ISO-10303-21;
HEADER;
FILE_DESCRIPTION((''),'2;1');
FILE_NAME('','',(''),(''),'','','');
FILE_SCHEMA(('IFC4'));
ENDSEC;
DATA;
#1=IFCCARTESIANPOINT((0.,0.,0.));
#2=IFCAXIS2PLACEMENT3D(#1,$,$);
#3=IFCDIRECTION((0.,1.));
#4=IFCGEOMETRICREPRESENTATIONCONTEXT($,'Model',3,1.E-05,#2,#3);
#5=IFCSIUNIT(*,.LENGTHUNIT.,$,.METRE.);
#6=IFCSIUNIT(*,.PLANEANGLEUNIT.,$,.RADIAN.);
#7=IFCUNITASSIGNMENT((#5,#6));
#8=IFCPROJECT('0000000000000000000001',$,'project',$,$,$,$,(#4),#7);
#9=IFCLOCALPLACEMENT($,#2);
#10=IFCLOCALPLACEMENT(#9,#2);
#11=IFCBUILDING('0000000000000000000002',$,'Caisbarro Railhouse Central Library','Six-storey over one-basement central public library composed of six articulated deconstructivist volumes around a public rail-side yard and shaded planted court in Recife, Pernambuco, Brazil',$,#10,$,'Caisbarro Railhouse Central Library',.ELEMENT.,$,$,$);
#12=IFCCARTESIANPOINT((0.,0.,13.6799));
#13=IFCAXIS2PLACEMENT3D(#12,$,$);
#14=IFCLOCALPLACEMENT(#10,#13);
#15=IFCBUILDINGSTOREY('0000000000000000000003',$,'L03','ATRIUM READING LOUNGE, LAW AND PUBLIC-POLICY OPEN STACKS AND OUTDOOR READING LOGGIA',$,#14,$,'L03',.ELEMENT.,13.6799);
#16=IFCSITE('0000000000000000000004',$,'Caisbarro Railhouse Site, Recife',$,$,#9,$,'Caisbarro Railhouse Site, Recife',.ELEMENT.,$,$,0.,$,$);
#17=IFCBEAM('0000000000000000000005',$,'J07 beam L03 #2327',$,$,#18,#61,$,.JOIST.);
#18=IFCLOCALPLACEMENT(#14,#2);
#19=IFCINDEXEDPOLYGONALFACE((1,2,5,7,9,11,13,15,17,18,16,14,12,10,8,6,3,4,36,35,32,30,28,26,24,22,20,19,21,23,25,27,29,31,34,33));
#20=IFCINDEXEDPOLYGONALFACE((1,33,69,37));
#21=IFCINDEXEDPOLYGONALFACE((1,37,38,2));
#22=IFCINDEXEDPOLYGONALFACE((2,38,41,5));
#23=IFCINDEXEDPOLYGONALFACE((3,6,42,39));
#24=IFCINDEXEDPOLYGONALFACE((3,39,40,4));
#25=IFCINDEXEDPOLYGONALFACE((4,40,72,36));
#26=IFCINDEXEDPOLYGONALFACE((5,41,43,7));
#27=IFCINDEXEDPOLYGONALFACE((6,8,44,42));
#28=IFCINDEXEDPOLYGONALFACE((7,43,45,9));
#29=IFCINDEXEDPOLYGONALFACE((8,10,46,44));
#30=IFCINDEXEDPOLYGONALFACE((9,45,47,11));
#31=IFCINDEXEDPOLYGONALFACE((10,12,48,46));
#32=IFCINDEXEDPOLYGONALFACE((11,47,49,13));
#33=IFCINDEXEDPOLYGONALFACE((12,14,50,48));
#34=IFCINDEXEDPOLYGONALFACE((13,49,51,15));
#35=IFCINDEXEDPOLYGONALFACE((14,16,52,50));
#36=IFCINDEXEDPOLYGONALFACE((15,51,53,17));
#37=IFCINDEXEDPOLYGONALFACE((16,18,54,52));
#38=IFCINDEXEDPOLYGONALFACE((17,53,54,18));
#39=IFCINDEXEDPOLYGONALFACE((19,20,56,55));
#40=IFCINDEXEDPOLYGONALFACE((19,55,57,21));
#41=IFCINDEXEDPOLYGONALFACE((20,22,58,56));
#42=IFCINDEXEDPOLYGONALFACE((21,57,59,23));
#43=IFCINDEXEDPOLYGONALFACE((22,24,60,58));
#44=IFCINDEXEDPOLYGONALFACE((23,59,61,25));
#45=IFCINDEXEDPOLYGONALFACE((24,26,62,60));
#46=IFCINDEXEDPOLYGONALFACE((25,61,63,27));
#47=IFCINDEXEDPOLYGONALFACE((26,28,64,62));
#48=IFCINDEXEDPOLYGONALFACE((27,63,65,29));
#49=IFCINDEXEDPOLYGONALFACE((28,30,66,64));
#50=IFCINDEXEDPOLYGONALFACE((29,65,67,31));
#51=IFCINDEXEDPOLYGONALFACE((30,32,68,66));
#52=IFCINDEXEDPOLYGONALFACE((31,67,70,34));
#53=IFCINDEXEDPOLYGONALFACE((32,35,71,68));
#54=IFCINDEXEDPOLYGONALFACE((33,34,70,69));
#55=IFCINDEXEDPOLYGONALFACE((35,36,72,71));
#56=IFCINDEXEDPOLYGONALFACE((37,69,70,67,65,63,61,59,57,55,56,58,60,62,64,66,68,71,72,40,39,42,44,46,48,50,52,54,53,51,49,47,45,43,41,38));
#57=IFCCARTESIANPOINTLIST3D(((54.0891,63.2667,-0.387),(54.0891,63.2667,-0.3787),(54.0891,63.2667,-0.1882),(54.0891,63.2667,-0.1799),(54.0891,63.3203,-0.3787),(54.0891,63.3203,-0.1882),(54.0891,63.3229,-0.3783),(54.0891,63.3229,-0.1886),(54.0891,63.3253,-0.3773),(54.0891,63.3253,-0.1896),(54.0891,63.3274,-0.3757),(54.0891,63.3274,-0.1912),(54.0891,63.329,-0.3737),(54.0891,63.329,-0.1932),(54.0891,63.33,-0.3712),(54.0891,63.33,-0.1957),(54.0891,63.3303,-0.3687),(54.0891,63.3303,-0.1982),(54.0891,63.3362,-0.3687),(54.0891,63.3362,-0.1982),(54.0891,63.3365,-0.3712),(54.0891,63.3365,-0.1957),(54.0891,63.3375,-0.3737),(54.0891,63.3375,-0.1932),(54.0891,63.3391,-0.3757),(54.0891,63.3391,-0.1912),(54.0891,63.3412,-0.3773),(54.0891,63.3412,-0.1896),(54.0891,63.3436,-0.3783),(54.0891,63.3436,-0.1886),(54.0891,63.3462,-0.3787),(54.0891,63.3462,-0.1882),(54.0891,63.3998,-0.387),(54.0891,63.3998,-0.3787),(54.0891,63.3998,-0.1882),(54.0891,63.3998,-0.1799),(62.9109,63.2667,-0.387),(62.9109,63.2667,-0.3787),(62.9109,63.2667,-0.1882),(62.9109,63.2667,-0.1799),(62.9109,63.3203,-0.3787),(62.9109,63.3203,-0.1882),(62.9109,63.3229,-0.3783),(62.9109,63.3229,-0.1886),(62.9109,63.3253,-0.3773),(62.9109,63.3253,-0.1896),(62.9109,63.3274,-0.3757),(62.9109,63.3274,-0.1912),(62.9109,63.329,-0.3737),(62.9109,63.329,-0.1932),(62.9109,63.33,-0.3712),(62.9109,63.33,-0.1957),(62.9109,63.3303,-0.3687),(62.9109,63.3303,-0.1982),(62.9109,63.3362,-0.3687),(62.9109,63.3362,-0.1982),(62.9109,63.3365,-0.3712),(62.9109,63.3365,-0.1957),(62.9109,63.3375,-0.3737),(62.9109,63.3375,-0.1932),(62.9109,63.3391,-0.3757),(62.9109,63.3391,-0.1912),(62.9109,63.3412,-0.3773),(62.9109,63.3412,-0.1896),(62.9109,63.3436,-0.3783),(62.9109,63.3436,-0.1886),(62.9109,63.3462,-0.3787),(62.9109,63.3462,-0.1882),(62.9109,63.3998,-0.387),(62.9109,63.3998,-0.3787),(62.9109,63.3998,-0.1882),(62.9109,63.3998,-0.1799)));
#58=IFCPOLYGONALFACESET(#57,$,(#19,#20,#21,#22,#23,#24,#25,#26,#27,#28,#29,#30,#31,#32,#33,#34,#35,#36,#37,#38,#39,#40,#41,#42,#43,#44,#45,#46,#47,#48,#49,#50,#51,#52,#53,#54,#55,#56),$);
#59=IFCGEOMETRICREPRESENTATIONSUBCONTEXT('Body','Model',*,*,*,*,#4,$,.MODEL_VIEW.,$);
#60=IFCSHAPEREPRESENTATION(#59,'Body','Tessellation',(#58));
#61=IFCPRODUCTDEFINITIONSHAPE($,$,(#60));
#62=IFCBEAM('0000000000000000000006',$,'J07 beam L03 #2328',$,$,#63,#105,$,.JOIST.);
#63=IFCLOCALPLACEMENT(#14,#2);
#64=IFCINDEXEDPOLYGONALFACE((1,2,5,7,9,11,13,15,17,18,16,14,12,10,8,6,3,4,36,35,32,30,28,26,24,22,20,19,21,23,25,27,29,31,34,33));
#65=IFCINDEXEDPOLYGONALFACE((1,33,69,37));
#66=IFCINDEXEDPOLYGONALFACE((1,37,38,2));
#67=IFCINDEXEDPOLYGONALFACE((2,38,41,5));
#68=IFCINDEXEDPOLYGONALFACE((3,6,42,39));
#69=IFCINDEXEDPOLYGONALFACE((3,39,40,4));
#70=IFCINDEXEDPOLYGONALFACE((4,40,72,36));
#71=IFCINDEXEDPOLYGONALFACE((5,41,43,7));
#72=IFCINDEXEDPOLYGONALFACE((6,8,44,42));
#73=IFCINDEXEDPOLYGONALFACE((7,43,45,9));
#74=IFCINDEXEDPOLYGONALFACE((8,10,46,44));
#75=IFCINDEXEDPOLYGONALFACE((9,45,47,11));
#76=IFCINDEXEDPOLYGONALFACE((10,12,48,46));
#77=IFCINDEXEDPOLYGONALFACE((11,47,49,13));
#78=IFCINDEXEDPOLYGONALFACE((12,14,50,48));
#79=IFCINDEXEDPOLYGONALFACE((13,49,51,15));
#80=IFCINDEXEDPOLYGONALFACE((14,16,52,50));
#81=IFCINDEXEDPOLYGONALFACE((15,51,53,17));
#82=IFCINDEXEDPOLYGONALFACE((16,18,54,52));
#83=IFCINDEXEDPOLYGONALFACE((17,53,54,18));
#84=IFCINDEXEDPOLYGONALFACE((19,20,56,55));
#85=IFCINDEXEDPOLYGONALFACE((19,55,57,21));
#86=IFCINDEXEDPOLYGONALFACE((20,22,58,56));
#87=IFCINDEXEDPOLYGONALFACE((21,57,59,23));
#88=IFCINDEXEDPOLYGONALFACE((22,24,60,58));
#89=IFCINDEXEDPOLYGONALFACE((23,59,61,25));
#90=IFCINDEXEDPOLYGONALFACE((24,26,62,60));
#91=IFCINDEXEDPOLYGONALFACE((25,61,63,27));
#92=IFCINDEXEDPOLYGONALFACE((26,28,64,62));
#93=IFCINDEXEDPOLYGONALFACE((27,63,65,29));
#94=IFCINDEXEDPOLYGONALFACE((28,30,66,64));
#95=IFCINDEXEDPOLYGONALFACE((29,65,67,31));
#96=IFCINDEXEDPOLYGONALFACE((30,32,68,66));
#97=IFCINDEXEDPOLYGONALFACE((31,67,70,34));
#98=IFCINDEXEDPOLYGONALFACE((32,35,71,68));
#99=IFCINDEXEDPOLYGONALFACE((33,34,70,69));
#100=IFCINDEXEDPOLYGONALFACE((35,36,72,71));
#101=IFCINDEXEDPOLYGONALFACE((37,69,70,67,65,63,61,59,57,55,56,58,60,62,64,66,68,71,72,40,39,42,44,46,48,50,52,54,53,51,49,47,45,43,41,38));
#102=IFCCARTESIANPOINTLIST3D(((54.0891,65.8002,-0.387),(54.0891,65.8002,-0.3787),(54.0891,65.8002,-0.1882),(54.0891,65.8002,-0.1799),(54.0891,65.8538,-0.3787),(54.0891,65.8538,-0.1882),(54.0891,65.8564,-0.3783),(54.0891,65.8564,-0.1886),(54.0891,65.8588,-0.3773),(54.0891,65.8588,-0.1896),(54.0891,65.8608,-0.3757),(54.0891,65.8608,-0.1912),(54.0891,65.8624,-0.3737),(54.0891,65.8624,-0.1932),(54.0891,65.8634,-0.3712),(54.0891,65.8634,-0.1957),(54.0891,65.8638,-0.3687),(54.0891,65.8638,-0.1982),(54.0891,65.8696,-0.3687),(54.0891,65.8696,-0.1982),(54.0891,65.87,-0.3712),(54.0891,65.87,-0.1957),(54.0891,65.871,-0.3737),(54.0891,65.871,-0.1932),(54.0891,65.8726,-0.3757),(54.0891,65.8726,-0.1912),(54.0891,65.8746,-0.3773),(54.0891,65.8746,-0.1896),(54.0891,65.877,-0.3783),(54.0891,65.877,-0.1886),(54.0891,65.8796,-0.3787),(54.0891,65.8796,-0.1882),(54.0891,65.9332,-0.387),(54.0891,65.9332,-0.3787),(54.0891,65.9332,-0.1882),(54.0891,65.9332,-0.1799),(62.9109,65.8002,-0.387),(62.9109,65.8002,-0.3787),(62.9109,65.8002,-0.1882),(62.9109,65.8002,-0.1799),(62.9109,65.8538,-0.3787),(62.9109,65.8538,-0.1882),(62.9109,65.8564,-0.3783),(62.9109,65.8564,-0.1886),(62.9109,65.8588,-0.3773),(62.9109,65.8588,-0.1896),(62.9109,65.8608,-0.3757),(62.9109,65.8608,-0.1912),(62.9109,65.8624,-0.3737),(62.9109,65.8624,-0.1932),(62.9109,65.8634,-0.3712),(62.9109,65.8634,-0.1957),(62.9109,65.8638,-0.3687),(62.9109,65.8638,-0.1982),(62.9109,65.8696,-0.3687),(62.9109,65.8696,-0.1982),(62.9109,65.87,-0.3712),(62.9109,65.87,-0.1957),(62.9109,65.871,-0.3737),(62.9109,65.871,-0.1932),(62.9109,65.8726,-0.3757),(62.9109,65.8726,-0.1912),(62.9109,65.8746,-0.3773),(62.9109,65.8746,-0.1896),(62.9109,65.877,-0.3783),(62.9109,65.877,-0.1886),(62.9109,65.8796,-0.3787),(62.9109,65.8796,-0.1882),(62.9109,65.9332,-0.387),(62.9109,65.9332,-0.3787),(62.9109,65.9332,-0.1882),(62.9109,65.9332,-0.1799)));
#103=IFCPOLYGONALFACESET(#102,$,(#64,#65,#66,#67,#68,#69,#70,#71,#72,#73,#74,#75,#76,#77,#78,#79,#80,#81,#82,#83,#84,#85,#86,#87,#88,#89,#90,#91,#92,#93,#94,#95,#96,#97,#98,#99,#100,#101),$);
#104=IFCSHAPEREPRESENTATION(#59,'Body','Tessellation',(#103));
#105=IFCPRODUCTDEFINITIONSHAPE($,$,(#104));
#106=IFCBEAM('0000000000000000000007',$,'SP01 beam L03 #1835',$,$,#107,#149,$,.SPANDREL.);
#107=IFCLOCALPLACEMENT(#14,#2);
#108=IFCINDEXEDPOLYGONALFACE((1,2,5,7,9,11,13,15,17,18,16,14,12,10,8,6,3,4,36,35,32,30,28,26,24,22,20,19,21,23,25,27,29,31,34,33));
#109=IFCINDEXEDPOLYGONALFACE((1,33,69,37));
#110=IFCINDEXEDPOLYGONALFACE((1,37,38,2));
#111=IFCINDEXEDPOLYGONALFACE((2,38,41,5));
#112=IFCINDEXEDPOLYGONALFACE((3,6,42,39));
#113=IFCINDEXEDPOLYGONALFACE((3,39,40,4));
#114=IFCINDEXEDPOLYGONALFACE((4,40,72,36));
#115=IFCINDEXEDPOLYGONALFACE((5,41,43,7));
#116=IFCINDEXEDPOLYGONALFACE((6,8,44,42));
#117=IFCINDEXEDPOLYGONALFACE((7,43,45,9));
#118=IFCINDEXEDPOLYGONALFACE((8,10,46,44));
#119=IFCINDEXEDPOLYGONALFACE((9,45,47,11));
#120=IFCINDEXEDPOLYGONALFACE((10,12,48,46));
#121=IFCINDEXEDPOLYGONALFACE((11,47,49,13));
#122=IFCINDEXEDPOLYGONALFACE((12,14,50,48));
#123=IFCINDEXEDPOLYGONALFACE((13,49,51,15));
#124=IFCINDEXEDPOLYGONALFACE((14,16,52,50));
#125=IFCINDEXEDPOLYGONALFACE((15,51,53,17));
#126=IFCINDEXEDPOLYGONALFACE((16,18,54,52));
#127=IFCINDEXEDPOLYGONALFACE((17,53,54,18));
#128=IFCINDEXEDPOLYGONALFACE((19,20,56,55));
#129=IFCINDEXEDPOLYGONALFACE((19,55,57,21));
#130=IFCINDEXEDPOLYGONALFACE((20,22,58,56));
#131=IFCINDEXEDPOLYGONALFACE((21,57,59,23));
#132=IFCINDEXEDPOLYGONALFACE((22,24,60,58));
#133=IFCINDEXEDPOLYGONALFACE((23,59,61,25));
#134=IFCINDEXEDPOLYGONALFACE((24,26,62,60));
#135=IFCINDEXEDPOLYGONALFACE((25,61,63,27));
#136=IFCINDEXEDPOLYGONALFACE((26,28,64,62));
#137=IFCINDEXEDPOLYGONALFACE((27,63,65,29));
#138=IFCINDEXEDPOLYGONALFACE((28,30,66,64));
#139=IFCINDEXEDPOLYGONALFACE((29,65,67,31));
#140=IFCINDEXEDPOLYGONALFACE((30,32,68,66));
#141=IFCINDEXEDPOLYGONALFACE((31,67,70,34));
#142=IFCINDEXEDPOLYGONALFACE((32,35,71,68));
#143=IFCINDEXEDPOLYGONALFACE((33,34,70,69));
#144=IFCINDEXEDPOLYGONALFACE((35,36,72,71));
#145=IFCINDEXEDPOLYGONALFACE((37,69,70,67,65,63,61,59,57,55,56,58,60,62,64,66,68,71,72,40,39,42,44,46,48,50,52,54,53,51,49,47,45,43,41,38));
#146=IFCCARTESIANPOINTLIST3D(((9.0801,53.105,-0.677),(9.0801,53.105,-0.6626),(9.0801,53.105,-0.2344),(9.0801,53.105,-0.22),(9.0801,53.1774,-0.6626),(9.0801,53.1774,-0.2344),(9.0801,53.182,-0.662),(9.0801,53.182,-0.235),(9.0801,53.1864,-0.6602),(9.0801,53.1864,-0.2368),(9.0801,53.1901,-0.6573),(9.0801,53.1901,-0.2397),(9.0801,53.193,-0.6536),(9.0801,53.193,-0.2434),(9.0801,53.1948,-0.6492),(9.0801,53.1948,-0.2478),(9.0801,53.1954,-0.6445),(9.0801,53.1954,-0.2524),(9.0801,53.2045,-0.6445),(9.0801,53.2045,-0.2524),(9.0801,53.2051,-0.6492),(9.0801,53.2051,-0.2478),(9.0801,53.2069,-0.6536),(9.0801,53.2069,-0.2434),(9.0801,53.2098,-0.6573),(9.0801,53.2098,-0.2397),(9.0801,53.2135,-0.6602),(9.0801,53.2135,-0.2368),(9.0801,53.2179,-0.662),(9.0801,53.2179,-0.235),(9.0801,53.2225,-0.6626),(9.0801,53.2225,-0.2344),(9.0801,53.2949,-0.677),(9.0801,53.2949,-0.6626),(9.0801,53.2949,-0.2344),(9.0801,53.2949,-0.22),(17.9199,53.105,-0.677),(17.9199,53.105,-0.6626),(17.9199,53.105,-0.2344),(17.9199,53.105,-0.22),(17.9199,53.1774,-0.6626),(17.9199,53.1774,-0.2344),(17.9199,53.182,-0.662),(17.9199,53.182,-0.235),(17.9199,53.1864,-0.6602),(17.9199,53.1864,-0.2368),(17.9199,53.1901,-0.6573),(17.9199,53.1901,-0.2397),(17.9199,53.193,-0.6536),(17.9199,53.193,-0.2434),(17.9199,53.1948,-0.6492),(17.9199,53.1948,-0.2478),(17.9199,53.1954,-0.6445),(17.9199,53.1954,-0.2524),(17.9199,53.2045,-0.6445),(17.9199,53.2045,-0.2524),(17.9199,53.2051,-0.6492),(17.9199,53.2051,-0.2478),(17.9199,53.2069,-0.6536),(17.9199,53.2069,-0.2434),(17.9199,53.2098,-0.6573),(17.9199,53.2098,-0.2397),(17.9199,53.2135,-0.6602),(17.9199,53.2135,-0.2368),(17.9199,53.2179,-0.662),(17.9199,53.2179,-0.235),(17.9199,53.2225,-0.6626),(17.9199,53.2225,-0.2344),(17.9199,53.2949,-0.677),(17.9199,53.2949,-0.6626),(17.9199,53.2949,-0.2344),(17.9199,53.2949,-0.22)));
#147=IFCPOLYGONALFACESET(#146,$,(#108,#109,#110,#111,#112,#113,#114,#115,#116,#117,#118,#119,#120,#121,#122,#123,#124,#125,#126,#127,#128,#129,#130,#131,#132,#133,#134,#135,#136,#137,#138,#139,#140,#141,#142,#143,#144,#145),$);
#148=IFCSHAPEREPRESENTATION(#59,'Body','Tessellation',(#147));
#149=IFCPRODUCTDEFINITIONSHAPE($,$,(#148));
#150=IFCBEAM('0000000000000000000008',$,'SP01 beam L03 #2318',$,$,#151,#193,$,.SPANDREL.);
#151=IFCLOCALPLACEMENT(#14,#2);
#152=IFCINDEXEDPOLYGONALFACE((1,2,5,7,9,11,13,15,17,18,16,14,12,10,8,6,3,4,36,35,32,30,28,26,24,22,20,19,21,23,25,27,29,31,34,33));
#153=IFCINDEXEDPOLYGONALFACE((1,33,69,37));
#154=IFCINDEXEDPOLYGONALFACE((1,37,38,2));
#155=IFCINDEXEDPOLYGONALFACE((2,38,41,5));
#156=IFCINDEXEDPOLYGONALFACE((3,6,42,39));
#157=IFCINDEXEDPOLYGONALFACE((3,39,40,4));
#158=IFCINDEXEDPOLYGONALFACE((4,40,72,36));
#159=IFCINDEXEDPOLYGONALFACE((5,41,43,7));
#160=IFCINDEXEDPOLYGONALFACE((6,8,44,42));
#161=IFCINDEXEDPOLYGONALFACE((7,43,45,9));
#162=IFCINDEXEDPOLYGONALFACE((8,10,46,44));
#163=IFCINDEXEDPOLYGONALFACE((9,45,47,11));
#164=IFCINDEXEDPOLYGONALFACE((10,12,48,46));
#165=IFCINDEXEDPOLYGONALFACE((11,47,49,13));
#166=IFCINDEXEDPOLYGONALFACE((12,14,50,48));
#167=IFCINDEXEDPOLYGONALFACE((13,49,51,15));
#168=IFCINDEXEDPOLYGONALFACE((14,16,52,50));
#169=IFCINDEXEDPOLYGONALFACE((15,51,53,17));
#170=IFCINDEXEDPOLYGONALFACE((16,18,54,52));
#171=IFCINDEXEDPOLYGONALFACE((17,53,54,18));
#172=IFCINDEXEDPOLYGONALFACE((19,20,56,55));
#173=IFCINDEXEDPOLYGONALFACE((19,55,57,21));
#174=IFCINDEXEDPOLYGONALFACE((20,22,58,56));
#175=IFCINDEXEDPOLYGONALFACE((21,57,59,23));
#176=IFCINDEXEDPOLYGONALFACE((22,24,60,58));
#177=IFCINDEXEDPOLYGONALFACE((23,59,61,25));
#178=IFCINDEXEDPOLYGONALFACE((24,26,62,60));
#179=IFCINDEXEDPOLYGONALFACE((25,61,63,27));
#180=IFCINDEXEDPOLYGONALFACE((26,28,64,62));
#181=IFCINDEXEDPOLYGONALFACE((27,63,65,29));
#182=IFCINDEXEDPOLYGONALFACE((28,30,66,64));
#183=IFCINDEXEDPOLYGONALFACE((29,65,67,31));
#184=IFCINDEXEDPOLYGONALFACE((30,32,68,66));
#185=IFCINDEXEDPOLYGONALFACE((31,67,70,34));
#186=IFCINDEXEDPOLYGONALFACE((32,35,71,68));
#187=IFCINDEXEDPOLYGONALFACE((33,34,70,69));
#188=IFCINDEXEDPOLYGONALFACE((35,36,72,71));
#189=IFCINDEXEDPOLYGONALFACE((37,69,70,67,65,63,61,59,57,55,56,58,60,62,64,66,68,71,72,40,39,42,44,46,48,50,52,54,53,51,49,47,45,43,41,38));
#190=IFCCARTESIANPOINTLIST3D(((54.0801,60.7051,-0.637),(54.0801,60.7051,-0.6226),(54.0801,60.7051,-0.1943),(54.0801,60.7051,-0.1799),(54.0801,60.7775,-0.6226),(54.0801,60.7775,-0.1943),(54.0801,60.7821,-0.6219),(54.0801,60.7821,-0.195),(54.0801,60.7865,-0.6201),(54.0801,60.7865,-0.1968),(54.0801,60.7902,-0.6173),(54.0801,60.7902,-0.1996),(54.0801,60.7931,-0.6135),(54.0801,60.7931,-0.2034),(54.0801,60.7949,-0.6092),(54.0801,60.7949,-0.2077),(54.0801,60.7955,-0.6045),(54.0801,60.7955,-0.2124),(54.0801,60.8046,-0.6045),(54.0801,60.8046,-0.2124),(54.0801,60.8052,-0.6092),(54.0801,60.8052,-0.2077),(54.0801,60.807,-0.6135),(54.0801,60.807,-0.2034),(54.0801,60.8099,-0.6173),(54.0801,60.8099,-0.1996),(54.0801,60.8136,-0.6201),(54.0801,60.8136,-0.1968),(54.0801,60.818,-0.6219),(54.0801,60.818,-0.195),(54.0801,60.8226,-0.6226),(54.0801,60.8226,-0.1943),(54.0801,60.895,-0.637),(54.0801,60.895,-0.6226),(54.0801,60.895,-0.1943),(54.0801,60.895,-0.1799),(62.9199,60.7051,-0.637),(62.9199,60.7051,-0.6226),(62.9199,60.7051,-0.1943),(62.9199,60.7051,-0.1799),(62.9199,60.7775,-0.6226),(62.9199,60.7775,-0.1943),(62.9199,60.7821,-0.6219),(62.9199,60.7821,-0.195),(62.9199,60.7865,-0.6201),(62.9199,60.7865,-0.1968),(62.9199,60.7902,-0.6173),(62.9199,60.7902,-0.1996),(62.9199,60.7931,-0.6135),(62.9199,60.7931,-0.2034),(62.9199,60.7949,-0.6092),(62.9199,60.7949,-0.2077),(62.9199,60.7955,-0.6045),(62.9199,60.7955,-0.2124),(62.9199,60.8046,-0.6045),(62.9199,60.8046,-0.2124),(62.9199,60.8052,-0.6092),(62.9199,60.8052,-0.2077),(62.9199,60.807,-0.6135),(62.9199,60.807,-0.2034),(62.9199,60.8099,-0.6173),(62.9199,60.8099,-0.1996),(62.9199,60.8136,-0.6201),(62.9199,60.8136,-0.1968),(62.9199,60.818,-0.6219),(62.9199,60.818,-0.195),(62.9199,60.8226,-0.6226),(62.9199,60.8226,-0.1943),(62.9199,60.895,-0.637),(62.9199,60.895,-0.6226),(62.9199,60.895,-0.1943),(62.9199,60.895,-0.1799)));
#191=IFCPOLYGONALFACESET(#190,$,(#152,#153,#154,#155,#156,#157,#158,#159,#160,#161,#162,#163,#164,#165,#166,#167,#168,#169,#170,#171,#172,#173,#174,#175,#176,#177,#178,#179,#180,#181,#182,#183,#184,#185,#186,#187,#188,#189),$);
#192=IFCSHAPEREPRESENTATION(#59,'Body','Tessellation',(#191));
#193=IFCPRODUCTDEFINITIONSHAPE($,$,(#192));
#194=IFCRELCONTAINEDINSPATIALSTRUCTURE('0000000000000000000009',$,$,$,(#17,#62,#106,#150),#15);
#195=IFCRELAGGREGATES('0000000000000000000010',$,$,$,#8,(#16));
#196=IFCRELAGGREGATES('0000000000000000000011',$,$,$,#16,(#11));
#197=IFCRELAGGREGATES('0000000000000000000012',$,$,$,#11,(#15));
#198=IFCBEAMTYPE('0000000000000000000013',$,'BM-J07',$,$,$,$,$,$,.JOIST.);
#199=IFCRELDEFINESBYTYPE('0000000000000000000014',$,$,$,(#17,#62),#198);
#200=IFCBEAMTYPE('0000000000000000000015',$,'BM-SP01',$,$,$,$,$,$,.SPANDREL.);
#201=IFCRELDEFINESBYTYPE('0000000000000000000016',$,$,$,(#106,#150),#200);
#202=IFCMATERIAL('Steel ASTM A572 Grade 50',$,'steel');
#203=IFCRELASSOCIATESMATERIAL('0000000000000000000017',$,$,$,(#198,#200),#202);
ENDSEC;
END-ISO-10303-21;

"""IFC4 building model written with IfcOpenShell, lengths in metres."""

from ifc_helpers import new_model, si_unit, direction, frame, origin, origin_2d, place, context, subcontext, project, spatial, i_section, extrude, material, material_profile, profile_set, type_object, element, save


model = new_model("IFC4")

# Units and contexts
model_context = context("Model", 3, precision=1e-05, world=origin(), true_north=direction((0.0, 1.0)))
body_context = subcontext(model_context, "Body", "Model", "MODEL_VIEW")
ifc_project = project(units=[si_unit("LENGTHUNIT", "METRE"), si_unit("PLANEANGLEUNIT", "RADIAN")], contexts=[model_context])

# Site, building, storey
site_placement = place(None, origin())
site = spatial("IfcSite", under=ifc_project, at=site_placement, Name="Caisbarro Railhouse Site, Recife", LongName="Caisbarro Railhouse Site, Recife", CompositionType="ELEMENT", RefElevation=0.0)
building_placement = place(site_placement, origin())
building = spatial("IfcBuilding", under=site, at=building_placement, Name="Caisbarro Railhouse Central Library", Description="Six-storey over one-basement central public library composed of six articulated deconstructivist volumes around a public rail-side yard and shaded planted court in Recife, Pernambuco, Brazil", LongName="Caisbarro Railhouse Central Library", CompositionType="ELEMENT")
storey_placement = place(building_placement, frame((0.0, 0.0, 13.6799)))
storey = spatial("IfcBuildingStorey", under=building, at=storey_placement, Name="L03", Description="ATRIUM READING LOUNGE, LAW AND PUBLIC-POLICY OPEN STACKS AND OUTDOOR READING LOGGIA", LongName="L03", CompositionType="ELEMENT", Elevation=13.6799)

# Shared definitions
ifc_material_1 = material(Name="Steel ASTM A572 Grade 50", Category="steel")

# Beams
ifc_material_profile_1 = material_profile(ifc_material_1, i_section(OverallWidth=0.1331, OverallDepth=0.207, WebThickness=0.0059, FlangeThickness=0.0083, FilletRadius=0.01, at=origin_2d()), Name="W200X26.6")
ifc_profile_set_1 = profile_set([ifc_material_profile_1], Name="Steel ASTM A572 Grade 50")
beam_type_1 = type_object("IfcBeamType", Name="BM-J07", PredefinedType="JOIST", material=ifc_profile_set_1)
for number, where, z_axis, x_axis, name in (
    (1, (54.0891, 63.3333, -0.2834), (1.0, 0.0, 0.0), (0.0, 1.0, 0.0), "J07 beam L03 #2327"),
    (2, (54.0891, 65.8667, -0.2834), (1.0, 0.0, 0.0), (0.0, 1.0, 0.0), "J07 beam L03 #2328"),
):
    element("IfcBeam", number, at=place(storey_placement, frame(where, z_axis=z_axis, x_axis=x_axis)), inside=storey, type_object=beam_type_1, Name=name, PredefinedType="JOIST", context=body_context, shape_type="SweptSolid", body=[
        extrude(i_section(OverallWidth=0.1331, OverallDepth=0.207, WebThickness=0.0059, FlangeThickness=0.0083, FilletRadius=0.01, at=origin_2d()), origin(), (0.0, 0.0, 1.0), 8.8218),
    ])
ifc_material_profile_2 = material_profile(ifc_material_1, i_section(OverallWidth=0.1899, OverallDepth=0.457, WebThickness=0.009, FlangeThickness=0.0144, FilletRadius=0.0181, at=origin_2d()), Name="W460X74.0")
ifc_profile_set_2 = profile_set([ifc_material_profile_2], Name="Steel ASTM A572 Grade 50")
beam_type_2 = type_object("IfcBeamType", Name="BM-SP01", PredefinedType="SPANDREL", material=ifc_profile_set_2)
for number, where, z_axis, x_axis, name in (
    (3, (9.0801, 53.2, -0.4485), (1.0, 0.0, 0.0), (0.0, 1.0, 0.0), "SP01 beam L03 #1835"),
    (4, (54.0801, 60.8, -0.4084), (1.0, 0.0, 0.0), (0.0, 1.0, 0.0), "SP01 beam L03 #2318"),
):
    element("IfcBeam", number, at=place(storey_placement, frame(where, z_axis=z_axis, x_axis=x_axis)), inside=storey, type_object=beam_type_2, Name=name, PredefinedType="SPANDREL", context=body_context, shape_type="SweptSolid", body=[
        extrude(i_section(OverallWidth=0.1899, OverallDepth=0.457, WebThickness=0.009, FlangeThickness=0.0144, FilletRadius=0.0181, at=origin_2d()), origin(), (0.0, 0.0, 1.0), 8.8398),
    ])

save(model, "model.ifc")
